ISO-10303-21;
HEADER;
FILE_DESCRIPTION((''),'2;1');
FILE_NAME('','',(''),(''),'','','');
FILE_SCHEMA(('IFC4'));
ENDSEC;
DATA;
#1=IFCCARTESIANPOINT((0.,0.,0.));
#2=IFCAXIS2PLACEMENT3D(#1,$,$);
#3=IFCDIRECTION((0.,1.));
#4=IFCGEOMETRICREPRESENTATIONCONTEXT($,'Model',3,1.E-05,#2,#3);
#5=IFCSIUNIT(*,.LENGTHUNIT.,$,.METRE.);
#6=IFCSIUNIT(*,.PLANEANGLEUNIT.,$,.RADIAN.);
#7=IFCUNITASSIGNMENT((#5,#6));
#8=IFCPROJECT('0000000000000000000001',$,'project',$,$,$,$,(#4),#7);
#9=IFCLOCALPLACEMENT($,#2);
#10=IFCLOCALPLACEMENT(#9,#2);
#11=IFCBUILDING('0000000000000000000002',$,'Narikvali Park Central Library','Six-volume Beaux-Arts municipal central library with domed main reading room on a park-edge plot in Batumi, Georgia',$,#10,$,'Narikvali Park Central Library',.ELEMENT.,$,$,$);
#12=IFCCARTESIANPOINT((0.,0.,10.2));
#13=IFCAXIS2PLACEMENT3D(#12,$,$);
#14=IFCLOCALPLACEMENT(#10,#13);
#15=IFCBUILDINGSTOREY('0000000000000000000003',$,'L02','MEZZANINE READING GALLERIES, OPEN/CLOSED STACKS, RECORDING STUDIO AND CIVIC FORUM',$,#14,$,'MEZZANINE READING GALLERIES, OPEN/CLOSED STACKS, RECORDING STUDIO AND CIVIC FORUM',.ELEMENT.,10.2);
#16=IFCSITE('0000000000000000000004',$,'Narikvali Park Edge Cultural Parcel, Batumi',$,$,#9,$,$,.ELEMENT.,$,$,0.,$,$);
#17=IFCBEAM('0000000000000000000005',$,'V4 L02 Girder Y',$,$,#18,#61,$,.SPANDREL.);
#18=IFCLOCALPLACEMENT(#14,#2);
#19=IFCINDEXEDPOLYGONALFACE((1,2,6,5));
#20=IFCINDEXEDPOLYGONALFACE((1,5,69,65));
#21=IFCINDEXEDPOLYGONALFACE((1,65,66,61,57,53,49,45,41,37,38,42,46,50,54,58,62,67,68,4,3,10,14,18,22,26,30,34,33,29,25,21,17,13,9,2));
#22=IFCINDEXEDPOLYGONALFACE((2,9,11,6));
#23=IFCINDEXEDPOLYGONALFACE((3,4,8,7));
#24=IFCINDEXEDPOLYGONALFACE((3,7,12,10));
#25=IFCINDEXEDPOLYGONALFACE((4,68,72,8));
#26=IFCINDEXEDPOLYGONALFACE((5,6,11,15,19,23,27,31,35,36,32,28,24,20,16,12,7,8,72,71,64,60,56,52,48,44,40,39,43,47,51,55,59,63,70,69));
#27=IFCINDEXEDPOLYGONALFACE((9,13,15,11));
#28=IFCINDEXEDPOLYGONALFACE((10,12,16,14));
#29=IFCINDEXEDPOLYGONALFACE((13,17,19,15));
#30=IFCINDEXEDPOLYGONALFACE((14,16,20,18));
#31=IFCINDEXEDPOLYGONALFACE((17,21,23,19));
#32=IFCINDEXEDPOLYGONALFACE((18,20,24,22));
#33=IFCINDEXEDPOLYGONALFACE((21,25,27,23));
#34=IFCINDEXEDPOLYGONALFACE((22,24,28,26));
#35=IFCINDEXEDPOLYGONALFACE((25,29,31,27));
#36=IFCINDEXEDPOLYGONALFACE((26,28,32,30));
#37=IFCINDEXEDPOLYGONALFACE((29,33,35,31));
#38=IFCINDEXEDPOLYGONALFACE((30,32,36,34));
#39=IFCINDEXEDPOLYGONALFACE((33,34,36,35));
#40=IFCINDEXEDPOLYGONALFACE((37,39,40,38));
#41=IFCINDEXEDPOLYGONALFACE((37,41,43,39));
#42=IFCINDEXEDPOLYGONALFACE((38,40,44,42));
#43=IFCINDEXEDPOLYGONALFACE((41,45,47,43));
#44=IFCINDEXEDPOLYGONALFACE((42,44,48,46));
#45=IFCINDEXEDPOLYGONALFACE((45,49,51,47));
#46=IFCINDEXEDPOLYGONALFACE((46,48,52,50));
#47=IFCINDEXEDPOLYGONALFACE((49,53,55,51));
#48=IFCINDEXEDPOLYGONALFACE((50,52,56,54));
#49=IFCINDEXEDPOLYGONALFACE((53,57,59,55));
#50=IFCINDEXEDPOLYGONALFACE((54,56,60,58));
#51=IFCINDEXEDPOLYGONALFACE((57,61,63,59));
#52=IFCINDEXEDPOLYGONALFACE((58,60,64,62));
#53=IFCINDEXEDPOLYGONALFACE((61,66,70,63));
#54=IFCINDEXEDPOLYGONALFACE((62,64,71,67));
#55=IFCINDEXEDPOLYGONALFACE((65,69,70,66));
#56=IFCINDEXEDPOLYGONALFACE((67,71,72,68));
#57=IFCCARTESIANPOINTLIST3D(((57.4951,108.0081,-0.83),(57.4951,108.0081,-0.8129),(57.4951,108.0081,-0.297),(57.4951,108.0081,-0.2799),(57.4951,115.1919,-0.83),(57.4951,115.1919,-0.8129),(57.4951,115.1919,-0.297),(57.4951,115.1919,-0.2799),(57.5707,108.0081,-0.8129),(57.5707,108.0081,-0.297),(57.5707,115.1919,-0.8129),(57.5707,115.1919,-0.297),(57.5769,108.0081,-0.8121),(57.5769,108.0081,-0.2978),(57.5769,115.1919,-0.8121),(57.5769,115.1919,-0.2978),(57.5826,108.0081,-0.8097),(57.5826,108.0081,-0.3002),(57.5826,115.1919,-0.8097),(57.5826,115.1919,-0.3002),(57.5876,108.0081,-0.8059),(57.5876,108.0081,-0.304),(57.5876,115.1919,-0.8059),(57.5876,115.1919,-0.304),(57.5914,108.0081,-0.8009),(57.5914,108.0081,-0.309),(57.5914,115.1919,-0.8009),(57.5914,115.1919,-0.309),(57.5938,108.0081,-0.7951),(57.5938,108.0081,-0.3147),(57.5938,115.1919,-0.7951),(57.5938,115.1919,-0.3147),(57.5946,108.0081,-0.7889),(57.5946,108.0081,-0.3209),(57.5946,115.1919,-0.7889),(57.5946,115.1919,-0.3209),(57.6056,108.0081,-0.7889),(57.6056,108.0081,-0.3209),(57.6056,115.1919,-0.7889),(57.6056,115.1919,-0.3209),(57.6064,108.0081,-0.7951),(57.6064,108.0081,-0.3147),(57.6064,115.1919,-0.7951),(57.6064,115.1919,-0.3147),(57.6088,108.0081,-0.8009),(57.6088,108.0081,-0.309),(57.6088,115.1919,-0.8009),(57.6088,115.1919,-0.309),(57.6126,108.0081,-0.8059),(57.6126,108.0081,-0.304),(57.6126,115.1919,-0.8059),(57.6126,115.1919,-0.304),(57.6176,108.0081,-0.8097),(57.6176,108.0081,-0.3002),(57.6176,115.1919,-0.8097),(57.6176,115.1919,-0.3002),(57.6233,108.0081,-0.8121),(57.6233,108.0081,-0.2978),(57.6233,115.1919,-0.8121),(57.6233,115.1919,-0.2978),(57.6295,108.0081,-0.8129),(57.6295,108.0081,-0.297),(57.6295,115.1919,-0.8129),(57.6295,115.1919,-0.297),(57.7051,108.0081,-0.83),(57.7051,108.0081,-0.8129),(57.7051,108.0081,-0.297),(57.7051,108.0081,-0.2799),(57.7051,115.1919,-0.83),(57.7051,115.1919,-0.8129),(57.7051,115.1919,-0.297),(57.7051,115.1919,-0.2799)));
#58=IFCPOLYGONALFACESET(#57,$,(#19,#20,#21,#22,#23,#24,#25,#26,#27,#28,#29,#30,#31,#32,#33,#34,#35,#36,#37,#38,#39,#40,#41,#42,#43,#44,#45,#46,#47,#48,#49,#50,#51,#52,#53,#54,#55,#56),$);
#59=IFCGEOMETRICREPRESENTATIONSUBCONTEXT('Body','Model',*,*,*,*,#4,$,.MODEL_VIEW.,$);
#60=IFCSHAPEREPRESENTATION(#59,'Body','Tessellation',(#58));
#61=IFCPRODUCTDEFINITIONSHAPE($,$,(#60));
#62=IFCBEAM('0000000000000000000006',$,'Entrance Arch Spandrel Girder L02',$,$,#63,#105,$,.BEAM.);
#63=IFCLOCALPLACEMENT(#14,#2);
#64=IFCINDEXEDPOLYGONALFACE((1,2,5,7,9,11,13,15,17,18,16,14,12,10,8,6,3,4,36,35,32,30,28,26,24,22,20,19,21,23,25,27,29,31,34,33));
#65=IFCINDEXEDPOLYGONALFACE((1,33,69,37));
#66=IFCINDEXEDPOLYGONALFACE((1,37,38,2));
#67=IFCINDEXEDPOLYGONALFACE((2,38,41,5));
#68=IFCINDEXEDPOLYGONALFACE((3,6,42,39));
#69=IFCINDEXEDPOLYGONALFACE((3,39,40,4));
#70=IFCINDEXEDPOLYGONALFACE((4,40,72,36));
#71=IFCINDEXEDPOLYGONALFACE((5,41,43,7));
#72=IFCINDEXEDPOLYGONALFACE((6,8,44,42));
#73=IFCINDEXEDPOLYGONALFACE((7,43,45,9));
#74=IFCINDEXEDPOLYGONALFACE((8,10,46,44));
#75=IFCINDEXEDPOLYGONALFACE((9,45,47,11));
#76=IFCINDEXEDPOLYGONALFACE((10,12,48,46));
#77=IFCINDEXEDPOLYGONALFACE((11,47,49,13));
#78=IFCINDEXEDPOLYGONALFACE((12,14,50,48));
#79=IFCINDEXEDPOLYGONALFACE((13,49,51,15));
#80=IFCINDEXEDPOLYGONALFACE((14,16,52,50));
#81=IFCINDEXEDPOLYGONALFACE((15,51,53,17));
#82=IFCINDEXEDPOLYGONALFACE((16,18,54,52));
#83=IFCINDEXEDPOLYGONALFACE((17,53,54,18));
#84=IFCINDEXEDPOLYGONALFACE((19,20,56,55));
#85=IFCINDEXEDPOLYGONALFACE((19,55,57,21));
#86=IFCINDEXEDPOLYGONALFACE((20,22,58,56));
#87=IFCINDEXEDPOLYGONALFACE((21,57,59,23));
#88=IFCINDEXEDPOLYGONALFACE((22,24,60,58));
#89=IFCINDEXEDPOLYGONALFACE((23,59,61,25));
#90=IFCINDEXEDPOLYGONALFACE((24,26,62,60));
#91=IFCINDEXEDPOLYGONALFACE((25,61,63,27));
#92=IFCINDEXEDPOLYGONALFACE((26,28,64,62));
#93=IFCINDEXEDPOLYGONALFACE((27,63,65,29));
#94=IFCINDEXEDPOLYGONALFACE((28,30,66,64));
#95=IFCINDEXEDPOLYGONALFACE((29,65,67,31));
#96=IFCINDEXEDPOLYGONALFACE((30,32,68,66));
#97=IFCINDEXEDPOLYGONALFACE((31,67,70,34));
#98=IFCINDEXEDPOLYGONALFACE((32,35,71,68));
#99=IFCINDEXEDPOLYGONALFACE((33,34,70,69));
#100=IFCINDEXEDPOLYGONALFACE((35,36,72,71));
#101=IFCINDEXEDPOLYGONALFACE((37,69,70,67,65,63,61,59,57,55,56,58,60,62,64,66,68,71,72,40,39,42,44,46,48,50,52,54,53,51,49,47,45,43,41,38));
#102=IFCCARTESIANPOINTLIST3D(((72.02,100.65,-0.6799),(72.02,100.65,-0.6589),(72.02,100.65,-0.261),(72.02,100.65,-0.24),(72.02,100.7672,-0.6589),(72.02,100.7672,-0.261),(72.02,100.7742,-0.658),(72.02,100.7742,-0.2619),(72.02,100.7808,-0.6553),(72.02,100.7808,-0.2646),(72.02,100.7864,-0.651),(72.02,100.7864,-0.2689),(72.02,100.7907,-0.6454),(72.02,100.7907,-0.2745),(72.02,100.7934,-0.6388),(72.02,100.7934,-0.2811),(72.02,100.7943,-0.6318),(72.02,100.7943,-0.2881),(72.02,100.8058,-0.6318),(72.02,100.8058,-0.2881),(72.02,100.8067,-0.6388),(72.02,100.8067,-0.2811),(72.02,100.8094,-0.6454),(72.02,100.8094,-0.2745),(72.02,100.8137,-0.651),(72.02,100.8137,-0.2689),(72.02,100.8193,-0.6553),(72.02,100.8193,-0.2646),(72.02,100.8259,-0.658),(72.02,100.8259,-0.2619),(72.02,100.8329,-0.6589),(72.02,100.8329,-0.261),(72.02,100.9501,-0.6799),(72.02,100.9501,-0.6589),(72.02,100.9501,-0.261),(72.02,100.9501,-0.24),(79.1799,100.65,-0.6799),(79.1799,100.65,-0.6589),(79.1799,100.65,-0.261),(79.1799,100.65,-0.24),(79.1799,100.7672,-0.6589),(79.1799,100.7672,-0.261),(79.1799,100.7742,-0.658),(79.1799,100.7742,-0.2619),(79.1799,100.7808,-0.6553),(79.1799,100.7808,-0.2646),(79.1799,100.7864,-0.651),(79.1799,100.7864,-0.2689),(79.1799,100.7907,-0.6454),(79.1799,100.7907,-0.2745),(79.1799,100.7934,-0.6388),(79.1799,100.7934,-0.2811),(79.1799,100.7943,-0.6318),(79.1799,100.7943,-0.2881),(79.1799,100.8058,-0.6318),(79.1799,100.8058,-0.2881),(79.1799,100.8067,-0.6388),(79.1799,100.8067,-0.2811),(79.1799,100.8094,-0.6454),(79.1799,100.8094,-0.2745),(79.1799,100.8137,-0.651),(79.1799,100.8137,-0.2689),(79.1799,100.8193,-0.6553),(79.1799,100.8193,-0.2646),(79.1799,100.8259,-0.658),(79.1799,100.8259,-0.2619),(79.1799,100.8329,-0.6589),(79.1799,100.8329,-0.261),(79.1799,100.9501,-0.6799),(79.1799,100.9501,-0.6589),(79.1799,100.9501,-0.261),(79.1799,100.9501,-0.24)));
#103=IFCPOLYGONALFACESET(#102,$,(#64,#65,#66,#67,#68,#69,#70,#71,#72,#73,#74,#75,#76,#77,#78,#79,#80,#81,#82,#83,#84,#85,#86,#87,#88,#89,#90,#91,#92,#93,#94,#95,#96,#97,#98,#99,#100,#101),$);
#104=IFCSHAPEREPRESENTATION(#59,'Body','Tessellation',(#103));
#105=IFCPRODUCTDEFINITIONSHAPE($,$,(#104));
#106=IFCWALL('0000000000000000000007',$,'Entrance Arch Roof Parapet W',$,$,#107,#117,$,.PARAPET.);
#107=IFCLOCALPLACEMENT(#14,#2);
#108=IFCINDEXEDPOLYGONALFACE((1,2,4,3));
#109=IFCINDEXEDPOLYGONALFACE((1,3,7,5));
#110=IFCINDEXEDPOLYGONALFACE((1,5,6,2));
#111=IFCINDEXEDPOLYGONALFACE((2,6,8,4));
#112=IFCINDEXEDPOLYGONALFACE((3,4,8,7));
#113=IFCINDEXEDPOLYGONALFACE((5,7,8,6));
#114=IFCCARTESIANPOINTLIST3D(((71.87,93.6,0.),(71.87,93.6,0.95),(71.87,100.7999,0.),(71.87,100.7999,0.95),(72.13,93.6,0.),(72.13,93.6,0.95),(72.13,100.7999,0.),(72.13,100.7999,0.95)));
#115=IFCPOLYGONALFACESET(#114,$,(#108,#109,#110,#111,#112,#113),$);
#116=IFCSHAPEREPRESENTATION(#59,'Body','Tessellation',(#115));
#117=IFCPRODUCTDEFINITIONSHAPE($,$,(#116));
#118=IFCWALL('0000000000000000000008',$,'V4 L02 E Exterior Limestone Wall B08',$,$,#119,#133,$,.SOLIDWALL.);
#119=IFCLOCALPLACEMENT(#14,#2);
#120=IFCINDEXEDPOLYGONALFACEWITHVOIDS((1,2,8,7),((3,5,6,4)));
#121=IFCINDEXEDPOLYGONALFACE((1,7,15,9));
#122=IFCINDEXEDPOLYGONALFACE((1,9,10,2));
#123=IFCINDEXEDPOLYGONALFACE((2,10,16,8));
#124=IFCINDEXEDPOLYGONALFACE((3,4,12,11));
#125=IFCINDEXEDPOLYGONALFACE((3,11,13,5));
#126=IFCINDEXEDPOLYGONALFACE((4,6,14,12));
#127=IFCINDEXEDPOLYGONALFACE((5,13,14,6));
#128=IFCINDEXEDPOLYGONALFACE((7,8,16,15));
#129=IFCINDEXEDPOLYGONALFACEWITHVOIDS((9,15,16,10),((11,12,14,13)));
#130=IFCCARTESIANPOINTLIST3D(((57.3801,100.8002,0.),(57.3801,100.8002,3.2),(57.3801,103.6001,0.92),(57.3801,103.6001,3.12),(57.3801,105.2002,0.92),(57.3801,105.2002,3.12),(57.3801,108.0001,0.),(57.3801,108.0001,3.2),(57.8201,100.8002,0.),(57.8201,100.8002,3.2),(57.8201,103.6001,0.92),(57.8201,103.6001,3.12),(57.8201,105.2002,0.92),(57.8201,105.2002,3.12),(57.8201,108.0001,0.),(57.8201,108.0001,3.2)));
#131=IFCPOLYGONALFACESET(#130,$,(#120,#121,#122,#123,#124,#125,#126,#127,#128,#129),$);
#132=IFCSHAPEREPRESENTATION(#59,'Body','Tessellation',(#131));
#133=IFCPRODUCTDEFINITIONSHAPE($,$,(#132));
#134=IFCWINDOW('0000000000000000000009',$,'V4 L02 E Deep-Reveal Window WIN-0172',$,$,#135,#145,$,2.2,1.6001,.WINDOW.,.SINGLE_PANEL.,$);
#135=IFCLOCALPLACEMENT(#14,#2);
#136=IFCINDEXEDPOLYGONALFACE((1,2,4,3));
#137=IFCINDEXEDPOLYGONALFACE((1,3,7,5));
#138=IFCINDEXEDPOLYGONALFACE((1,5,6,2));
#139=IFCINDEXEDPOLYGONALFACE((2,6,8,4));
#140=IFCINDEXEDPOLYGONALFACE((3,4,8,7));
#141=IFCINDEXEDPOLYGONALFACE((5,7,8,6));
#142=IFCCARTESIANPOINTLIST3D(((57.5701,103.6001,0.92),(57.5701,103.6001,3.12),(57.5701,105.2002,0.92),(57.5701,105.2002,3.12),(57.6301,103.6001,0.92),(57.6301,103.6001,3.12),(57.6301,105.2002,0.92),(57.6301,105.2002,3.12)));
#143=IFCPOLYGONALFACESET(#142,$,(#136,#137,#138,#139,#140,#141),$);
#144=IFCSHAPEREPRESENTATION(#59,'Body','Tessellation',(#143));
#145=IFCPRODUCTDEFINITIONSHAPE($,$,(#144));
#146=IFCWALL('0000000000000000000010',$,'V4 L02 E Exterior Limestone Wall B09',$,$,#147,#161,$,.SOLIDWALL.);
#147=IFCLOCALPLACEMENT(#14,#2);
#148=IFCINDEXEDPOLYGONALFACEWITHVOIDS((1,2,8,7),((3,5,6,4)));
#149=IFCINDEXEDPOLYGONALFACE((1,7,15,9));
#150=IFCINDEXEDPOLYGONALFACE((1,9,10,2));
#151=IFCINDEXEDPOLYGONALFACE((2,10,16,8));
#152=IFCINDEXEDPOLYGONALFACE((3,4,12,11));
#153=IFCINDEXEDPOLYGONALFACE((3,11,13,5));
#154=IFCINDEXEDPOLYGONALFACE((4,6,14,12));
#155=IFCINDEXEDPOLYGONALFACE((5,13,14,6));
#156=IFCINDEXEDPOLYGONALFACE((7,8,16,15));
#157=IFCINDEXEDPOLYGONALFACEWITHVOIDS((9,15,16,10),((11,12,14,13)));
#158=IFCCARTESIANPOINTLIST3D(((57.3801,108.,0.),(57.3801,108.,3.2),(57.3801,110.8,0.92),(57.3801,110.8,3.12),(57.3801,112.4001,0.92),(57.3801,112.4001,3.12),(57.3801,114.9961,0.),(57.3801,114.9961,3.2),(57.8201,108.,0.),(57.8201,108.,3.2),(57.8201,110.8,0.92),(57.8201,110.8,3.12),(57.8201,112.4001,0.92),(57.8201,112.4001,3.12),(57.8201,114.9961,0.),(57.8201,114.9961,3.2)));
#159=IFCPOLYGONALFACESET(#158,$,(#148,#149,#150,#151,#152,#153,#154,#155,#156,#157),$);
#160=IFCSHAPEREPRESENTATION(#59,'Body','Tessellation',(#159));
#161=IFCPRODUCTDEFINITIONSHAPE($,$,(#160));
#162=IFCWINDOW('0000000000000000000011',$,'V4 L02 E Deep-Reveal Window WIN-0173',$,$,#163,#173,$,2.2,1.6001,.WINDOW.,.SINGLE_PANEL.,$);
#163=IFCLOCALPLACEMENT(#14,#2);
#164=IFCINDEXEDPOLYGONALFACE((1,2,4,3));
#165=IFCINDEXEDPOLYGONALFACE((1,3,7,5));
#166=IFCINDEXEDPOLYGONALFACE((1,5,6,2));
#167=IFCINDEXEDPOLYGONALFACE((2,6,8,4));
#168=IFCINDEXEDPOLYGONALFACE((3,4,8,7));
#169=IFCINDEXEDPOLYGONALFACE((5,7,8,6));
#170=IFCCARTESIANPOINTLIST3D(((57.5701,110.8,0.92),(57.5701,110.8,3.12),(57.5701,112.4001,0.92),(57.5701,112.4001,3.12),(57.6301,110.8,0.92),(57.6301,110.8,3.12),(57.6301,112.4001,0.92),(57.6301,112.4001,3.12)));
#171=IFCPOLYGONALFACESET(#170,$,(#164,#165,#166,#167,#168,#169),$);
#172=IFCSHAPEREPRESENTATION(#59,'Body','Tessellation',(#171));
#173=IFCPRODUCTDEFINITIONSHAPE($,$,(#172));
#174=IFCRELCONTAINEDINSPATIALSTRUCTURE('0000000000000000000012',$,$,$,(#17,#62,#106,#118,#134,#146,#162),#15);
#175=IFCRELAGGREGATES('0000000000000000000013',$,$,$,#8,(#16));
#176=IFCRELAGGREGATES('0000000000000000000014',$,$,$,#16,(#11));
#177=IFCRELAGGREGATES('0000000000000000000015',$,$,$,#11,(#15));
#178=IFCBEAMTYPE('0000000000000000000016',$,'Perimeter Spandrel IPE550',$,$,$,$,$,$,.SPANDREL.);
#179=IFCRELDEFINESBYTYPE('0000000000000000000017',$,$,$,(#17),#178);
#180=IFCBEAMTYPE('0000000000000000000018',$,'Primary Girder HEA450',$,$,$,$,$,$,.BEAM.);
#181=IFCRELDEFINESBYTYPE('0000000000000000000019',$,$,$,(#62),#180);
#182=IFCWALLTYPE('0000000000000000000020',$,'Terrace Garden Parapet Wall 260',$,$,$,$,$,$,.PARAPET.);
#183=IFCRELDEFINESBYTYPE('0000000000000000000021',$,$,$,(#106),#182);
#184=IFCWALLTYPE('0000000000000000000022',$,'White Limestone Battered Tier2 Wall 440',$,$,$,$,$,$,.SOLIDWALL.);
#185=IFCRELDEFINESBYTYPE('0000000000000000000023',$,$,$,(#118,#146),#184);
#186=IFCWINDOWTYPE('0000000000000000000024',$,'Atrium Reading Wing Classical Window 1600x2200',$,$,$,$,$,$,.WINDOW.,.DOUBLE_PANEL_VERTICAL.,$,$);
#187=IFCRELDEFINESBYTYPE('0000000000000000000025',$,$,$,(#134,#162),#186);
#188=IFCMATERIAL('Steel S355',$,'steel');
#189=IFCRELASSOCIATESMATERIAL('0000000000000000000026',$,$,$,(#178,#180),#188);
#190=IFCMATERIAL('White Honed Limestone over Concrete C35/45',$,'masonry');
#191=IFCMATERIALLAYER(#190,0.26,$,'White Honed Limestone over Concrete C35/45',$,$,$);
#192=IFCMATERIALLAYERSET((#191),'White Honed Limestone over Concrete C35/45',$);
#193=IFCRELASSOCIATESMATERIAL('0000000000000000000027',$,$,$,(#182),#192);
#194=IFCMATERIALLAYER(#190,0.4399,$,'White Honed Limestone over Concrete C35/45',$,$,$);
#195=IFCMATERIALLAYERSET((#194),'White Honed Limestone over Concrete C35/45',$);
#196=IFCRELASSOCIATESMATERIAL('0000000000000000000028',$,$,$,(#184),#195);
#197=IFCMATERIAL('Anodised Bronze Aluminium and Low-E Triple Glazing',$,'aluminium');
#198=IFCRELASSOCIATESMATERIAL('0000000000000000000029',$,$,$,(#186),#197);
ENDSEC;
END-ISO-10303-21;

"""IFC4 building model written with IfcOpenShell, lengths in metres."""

from ifc_helpers import new_model, si_unit, direction, frame, frame_2d, origin, origin_2d, place, context, subcontext, project, spatial, rectangle, i_section, extrude, material, layer, layer_set, material_profile, profile_set, type_object, element, fill, save


model = new_model("IFC4")

# Units and contexts
model_context = context("Model", 3, precision=1e-05, world=origin(), true_north=direction((0.0, 1.0)))
body_context = subcontext(model_context, "Body", "Model", "MODEL_VIEW")
ifc_project = project(units=[si_unit("LENGTHUNIT", "METRE"), si_unit("PLANEANGLEUNIT", "RADIAN")], contexts=[model_context])

# Site, building, storey
site_placement = place(None, origin())
site = spatial("IfcSite", under=ifc_project, at=site_placement, Name="Narikvali Park Edge Cultural Parcel, Batumi", CompositionType="ELEMENT", RefElevation=0.0)
building_placement = place(site_placement, origin())
building = spatial("IfcBuilding", under=site, at=building_placement, Name="Narikvali Park Central Library", Description="Six-volume Beaux-Arts municipal central library with domed main reading room on a park-edge plot in Batumi, Georgia", LongName="Narikvali Park Central Library", CompositionType="ELEMENT")
storey_placement = place(building_placement, frame((0.0, 0.0, 10.2)))
storey = spatial("IfcBuildingStorey", under=building, at=storey_placement, Name="L02", Description="MEZZANINE READING GALLERIES, OPEN/CLOSED STACKS, RECORDING STUDIO AND CIVIC FORUM", LongName="MEZZANINE READING GALLERIES, OPEN/CLOSED STACKS, RECORDING STUDIO AND CIVIC FORUM", CompositionType="ELEMENT", Elevation=10.2)

# Shared definitions
ifc_material_1 = material(Name="Steel S355", Category="steel")

# Beams
ifc_material_profile_1 = material_profile(ifc_material_1, i_section(OverallWidth=0.21, OverallDepth=0.55, WebThickness=0.011, FlangeThickness=0.0171, FilletRadius=0.0239, at=origin_2d()), Name="IPE 550")
ifc_profile_set_1 = profile_set([ifc_material_profile_1], Name="Steel S355")
beam_type_1 = type_object("IfcBeamType", Name="Perimeter Spandrel IPE550", PredefinedType="SPANDREL", material=ifc_profile_set_1)
for number, where, z_axis, x_axis, name in (
    (1, (57.6001, 108.0081, -0.5549), (0.0, 1.0, 0.0), (-1.0, 0.0, 0.0), "V4 L02 Girder Y"),
):
    element("IfcBeam", number, at=place(storey_placement, frame(where, z_axis=z_axis, x_axis=x_axis)), inside=storey, type_object=beam_type_1, Name=name, PredefinedType="SPANDREL", context=body_context, shape_type="SweptSolid", body=[
        extrude(i_section(OverallWidth=0.21, OverallDepth=0.55, WebThickness=0.011, FlangeThickness=0.0171, FilletRadius=0.0239, at=origin_2d()), origin(), (0.0, 0.0, 1.0), 7.1838),
    ])
ifc_material_profile_2 = material_profile(ifc_material_1, i_section(OverallWidth=0.3, OverallDepth=0.4399, WebThickness=0.0115, FlangeThickness=0.021, FilletRadius=0.0271, at=origin_2d()), Name="HEA 450")
ifc_profile_set_2 = profile_set([ifc_material_profile_2], Name="Steel S355")
beam_type_2 = type_object("IfcBeamType", Name="Primary Girder HEA450", PredefinedType="BEAM", material=ifc_profile_set_2)
beam_placement = place(storey_placement, frame((72.02, 100.8, -0.46), z_axis=(1.0, 0.0, 0.0), x_axis=(0.0, 1.0, 0.0)))
element("IfcBeam", 2, at=beam_placement, inside=storey, type_object=beam_type_2, Name="Entrance Arch Spandrel Girder L02", PredefinedType="BEAM", context=body_context, shape_type="SweptSolid", body=[
    extrude(i_section(OverallWidth=0.3, OverallDepth=0.4399, WebThickness=0.0115, FlangeThickness=0.021, FilletRadius=0.0271, at=origin_2d()), origin(), (0.0, 0.0, 1.0), 7.1599),
])

# Wall
ifc_material_2 = material(Name="White Honed Limestone over Concrete C35/45", Category="masonry")
ifc_layer_1 = layer(ifc_material_2, 0.26, Name="White Honed Limestone over Concrete C35/45")
ifc_layer_set_1 = layer_set([ifc_layer_1], Name="White Honed Limestone over Concrete C35/45")
wall_type_1 = type_object("IfcWallType", Name="Terrace Garden Parapet Wall 260", PredefinedType="PARAPET", material=ifc_layer_set_1)
wall_1_placement = place(storey_placement, frame((72.0, 100.8, 0.0), z_axis=(0.0, 0.0, 1.0), x_axis=(0.0, -1.0, 0.0)))
element("IfcWall", 3, at=wall_1_placement, inside=storey, type_object=wall_type_1, Name="Entrance Arch Roof Parapet W", PredefinedType="PARAPET", context=body_context, shape_type="SweptSolid", body=[
    extrude(rectangle(XDim=7.2, YDim=0.26, at=frame_2d((3.6001, 0.0))), origin(), (0.0, 0.0, 1.0), 0.95),
])

# Walls, openings, windows
ifc_layer_2 = layer(ifc_material_2, 0.4399, Name="White Honed Limestone over Concrete C35/45")
ifc_layer_set_2 = layer_set([ifc_layer_2], Name="White Honed Limestone over Concrete C35/45")
wall_type_2 = type_object("IfcWallType", Name="White Limestone Battered Tier2 Wall 440", PredefinedType="SOLIDWALL", material=ifc_layer_set_2)
wall_2_placement = place(storey_placement, frame((57.6001, 100.8, 0.0), z_axis=(0.0, 0.0, 1.0), x_axis=(0.0, 1.0, 0.0)))
wall_2 = element("IfcWall", 4, at=wall_2_placement, inside=storey, type_object=wall_type_2, Name="V4 L02 E Exterior Limestone Wall B08", PredefinedType="SOLIDWALL", context=body_context, shape_type="SweptSolid", body=[
    extrude(rectangle(XDim=7.2, YDim=0.4399, at=frame_2d((3.6001, 0.0))), origin(), (0.0, 0.0, 1.0), 3.2),
])
opening_1_placement = place(wall_2_placement, frame((2.8, 0.0, 0.9199)))
opening_1 = element("IfcOpeningElement", 5, at=opening_1_placement, cuts=wall_2, PredefinedType="OPENING", context=body_context, shape_type="SweptSolid", body=[
    extrude(rectangle(XDim=1.6001, YDim=2.2, at=frame_2d((0.8, 1.1001))), frame((0.0, 0.2319, 0.0), z_axis=(0.0, -1.0, 0.0), x_axis=(1.0, 0.0, 0.0)), (0.0, 0.0, 1.0), 0.4639),
])
ifc_material_3 = material(Name="Anodised Bronze Aluminium and Low-E Triple Glazing", Category="aluminium")
window_type = type_object("IfcWindowType", Name="Atrium Reading Wing Classical Window 1600x2200", PartitioningType="DOUBLE_PANEL_VERTICAL", PredefinedType="WINDOW", material=ifc_material_3)
window_1_placement = place(opening_1_placement, origin())
window_1 = element("IfcWindow", 6, at=window_1_placement, inside=storey, type_object=window_type, Name="V4 L02 E Deep-Reveal Window WIN-0172", OverallHeight=2.2, OverallWidth=1.6001, PartitioningType="SINGLE_PANEL", PredefinedType="WINDOW", context=body_context, shape_type="SweptSolid", body=[
    extrude(rectangle(XDim=1.6001, YDim=2.2, at=frame_2d((0.8, 1.1001))), frame((0.0, 0.03, 0.0), z_axis=(0.0, -1.0, 0.0), x_axis=(1.0, 0.0, 0.0)), (0.0, 0.0, 1.0), 0.0601),
])
fill(opening_1, window_1)
wall_3_placement = place(storey_placement, frame((57.6001, 108.0, 0.0), z_axis=(0.0, 0.0, 1.0), x_axis=(0.0, 1.0, 0.0)))
wall_3 = element("IfcWall", 7, at=wall_3_placement, inside=storey, type_object=wall_type_2, Name="V4 L02 E Exterior Limestone Wall B09", PredefinedType="SOLIDWALL", context=body_context, shape_type="SweptSolid", body=[
    extrude(rectangle(XDim=6.9961, YDim=0.4399, at=frame_2d((3.498, 0.0))), origin(), (0.0, 0.0, 1.0), 3.2),
])
opening_2_placement = place(wall_3_placement, frame((2.8, 0.0, 0.9199)))
opening_2 = element("IfcOpeningElement", 8, at=opening_2_placement, cuts=wall_3, PredefinedType="OPENING", context=body_context, shape_type="SweptSolid", body=[
    extrude(rectangle(XDim=1.6001, YDim=2.2, at=frame_2d((0.8, 1.1001))), frame((0.0, 0.2319, 0.0), z_axis=(0.0, -1.0, 0.0), x_axis=(1.0, 0.0, 0.0)), (0.0, 0.0, 1.0), 0.4639),
])
window_2_placement = place(opening_2_placement, origin())
window_2 = element("IfcWindow", 9, at=window_2_placement, inside=storey, type_object=window_type, Name="V4 L02 E Deep-Reveal Window WIN-0173", OverallHeight=2.2, OverallWidth=1.6001, PartitioningType="SINGLE_PANEL", PredefinedType="WINDOW", context=body_context, shape_type="SweptSolid", body=[
    extrude(rectangle(XDim=1.6001, YDim=2.2, at=frame_2d((0.8, 1.1001))), frame((0.0, 0.03, 0.0), z_axis=(0.0, -1.0, 0.0), x_axis=(1.0, 0.0, 0.0)), (0.0, 0.0, 1.0), 0.0601),
])
fill(opening_2, window_2)

save(model, "model.ifc")
